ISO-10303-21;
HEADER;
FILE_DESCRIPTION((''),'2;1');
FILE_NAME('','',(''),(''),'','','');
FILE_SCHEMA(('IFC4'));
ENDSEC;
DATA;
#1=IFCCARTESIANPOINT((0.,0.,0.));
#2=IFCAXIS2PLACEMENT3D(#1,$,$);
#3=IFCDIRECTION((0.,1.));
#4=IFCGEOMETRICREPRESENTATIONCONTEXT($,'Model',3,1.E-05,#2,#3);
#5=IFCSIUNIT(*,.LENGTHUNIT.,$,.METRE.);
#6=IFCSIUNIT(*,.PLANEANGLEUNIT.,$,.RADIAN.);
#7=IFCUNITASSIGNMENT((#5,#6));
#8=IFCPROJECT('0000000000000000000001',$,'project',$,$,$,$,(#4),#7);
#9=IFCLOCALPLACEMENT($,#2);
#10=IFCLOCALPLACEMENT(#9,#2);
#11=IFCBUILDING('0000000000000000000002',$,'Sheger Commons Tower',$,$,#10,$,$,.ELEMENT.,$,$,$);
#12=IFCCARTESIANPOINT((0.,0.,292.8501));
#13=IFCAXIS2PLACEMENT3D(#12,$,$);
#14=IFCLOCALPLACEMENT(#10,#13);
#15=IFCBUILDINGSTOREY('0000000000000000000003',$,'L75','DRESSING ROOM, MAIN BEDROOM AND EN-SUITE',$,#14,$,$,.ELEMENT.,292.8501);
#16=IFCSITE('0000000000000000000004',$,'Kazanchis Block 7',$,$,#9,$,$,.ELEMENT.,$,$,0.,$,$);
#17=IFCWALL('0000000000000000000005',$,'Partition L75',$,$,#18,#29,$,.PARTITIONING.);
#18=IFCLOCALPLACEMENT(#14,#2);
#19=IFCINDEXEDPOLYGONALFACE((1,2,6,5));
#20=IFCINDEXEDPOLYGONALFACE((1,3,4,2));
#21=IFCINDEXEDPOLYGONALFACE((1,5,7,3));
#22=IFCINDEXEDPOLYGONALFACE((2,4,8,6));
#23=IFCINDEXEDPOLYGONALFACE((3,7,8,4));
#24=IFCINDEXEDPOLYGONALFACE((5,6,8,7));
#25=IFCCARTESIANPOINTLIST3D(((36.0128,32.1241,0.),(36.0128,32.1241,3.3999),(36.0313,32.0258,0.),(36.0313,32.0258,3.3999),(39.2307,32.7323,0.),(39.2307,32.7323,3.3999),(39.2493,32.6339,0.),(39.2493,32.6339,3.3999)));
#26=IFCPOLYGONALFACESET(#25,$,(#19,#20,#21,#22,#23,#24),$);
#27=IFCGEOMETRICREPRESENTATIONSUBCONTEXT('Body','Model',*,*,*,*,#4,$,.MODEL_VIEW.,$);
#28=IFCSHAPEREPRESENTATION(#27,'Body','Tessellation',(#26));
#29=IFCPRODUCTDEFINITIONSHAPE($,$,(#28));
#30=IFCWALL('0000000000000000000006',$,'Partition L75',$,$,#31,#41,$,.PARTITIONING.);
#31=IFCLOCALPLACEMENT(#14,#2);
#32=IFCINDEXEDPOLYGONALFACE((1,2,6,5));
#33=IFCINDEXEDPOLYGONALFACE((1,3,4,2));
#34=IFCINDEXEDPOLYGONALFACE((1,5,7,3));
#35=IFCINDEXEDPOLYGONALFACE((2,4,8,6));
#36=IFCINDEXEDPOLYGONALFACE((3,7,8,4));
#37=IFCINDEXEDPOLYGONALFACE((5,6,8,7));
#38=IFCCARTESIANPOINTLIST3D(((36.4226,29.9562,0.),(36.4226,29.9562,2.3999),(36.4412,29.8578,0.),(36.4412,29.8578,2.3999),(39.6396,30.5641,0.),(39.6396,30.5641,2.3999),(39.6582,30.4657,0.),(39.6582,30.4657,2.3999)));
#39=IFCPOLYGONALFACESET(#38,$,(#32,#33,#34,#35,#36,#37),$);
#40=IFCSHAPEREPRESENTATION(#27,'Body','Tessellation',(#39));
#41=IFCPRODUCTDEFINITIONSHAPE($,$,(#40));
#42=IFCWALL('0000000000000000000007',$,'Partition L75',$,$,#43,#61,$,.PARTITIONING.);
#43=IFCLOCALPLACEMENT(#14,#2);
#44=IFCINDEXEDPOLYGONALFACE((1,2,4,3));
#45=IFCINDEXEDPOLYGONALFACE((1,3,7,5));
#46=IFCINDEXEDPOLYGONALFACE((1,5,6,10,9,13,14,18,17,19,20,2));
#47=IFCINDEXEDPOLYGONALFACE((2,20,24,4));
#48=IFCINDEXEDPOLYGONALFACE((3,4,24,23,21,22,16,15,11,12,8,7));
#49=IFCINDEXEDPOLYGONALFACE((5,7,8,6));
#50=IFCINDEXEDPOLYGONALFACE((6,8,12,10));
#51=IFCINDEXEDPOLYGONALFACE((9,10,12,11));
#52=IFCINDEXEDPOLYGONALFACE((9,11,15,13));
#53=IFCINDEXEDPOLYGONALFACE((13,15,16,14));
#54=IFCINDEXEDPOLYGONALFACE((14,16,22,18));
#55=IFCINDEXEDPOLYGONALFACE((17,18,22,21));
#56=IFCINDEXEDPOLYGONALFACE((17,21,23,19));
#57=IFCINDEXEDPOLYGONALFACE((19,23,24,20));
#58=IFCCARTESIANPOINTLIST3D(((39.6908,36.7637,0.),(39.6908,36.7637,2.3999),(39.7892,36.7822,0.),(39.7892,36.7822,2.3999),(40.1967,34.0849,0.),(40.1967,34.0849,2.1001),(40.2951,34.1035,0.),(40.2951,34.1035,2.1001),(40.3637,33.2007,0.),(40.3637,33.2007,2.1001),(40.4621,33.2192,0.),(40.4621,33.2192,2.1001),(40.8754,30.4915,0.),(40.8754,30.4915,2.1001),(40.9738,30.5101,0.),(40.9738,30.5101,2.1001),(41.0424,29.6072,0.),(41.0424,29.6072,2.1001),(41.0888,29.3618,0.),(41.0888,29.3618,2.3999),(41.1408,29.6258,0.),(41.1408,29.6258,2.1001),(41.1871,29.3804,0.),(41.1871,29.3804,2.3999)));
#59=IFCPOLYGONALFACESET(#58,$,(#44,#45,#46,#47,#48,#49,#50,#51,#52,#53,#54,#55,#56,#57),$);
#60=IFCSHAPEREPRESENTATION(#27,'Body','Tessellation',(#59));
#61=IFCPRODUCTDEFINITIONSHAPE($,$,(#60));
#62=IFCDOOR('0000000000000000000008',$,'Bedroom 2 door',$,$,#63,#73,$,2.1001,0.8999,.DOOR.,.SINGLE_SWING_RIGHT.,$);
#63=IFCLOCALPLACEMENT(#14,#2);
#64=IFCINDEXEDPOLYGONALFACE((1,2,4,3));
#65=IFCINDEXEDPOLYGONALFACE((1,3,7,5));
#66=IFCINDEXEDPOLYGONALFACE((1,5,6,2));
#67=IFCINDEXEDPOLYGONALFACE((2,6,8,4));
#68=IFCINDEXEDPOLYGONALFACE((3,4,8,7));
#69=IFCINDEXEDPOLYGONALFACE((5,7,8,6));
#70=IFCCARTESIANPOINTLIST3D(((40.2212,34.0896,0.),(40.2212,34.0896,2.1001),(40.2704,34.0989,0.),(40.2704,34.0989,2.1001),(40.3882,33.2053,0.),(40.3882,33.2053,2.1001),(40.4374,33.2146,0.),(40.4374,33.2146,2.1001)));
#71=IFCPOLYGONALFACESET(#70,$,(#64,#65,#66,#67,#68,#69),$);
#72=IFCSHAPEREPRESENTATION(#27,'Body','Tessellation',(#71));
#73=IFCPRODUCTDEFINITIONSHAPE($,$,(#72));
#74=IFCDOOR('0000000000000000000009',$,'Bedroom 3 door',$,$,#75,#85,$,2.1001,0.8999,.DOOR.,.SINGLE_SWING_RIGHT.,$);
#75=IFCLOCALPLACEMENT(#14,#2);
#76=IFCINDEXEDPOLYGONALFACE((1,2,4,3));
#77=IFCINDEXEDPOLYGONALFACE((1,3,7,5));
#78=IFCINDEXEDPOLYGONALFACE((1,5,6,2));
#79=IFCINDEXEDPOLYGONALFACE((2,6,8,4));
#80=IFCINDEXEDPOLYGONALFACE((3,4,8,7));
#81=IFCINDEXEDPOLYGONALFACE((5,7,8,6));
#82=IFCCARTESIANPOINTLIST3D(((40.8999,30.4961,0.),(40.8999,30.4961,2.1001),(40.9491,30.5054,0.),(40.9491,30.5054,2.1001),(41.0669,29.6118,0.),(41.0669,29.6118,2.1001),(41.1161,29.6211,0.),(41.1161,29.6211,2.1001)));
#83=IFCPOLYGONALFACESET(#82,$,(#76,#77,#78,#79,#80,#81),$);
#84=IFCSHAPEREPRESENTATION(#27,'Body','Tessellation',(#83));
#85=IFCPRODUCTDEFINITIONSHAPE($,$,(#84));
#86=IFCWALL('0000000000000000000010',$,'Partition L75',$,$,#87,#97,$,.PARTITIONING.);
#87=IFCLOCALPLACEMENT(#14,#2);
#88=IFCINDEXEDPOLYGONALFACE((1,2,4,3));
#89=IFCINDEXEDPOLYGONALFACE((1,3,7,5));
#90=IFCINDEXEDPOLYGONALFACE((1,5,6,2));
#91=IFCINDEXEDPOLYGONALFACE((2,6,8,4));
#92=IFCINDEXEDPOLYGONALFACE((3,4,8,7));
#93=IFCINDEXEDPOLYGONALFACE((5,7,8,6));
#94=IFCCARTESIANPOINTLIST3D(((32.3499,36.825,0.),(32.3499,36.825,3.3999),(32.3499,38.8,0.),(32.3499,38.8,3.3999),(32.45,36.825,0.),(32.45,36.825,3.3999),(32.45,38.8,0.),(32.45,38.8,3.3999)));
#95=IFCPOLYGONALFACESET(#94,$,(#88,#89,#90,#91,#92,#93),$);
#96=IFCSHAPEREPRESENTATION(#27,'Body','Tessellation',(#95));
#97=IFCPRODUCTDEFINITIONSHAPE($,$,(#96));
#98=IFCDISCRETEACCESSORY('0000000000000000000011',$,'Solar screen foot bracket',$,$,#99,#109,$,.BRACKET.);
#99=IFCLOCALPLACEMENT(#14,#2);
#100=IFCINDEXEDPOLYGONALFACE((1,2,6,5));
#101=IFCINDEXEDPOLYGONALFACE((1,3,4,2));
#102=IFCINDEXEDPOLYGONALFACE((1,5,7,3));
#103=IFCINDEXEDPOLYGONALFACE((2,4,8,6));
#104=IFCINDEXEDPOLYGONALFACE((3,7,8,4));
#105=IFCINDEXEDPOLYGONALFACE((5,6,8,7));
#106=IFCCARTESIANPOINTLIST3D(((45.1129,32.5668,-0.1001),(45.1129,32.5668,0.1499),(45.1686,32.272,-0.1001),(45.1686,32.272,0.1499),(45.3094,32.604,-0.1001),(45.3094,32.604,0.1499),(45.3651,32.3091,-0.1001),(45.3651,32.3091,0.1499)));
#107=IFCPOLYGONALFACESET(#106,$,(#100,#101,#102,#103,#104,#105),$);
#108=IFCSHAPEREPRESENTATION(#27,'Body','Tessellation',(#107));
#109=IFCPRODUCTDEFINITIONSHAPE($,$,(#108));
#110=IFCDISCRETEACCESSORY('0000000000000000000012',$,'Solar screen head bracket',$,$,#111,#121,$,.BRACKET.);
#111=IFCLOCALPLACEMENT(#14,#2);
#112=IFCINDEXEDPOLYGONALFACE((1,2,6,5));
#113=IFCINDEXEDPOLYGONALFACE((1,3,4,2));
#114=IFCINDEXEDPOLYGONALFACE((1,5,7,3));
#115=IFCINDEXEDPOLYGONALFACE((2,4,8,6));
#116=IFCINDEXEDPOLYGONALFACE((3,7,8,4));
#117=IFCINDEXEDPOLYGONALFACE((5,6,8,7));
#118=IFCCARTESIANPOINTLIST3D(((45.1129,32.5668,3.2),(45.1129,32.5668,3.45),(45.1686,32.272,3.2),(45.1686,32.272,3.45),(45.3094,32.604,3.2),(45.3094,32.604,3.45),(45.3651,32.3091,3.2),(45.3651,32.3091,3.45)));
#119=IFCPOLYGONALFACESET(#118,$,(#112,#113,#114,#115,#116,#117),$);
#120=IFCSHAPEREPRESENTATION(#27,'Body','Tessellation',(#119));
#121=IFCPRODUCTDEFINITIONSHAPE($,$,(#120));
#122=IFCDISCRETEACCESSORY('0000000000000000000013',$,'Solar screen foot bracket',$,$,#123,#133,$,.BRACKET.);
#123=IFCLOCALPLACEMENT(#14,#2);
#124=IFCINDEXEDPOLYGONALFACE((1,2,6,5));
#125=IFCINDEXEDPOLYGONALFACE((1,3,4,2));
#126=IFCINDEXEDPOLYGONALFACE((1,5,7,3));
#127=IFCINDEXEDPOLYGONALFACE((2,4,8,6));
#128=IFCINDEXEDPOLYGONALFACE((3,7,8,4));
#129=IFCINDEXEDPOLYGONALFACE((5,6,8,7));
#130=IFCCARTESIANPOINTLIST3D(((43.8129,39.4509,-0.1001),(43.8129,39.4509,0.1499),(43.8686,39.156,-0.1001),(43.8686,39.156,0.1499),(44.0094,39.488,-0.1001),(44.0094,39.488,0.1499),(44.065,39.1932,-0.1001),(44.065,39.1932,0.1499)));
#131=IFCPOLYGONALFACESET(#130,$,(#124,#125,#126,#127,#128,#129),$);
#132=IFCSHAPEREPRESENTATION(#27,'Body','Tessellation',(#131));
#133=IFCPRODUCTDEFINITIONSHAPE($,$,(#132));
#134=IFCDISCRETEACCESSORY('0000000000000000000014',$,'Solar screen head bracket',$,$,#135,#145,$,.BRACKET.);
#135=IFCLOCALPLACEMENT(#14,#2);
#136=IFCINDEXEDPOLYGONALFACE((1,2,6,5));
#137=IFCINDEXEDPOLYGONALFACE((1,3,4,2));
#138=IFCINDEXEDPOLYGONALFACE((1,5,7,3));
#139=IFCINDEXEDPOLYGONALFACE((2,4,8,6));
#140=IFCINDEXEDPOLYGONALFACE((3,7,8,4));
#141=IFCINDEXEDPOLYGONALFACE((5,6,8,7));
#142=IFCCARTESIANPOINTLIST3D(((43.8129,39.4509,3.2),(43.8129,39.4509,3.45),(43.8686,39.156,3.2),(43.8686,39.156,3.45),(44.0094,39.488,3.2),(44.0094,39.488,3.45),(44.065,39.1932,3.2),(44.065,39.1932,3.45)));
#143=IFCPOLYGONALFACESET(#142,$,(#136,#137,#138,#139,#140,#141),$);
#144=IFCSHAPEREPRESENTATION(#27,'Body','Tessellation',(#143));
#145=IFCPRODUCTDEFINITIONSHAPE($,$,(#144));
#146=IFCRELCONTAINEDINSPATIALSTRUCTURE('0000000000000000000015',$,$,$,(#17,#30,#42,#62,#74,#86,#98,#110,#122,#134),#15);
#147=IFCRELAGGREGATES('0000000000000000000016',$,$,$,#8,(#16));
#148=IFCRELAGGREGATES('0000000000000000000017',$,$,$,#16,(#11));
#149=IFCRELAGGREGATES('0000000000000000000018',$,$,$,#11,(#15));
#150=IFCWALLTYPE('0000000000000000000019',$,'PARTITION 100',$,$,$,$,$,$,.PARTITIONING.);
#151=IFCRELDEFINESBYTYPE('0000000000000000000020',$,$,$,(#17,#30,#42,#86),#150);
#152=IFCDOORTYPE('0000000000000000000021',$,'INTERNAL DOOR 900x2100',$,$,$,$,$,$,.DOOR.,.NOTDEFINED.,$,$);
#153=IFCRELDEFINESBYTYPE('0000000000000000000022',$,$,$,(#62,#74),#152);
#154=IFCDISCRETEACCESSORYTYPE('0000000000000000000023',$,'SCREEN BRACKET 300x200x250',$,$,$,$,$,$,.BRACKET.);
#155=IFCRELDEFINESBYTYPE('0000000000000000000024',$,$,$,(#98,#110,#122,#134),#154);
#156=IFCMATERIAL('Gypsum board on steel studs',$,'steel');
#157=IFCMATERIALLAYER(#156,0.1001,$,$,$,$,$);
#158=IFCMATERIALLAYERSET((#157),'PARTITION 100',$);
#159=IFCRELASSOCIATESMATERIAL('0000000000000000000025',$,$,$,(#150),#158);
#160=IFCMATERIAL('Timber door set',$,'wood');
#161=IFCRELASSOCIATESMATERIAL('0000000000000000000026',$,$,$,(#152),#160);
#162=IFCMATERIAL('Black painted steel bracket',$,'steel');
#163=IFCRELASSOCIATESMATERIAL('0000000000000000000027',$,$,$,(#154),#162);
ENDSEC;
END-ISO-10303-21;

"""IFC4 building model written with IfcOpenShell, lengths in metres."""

from ifc_helpers import new_model, si_unit, direction, frame, frame_2d, origin, origin_2d, place, context, subcontext, project, spatial, rectangle, extrude, material, layer, layer_set, type_object, element, fill, save


model = new_model("IFC4")

# Units and contexts
model_context = context("Model", 3, precision=1e-05, world=origin(), true_north=direction((0.0, 1.0)))
body_context = subcontext(model_context, "Body", "Model", "MODEL_VIEW")
ifc_project = project(units=[si_unit("LENGTHUNIT", "METRE"), si_unit("PLANEANGLEUNIT", "RADIAN")], contexts=[model_context])

# Site, building, storey
site_placement = place(None, origin())
site = spatial("IfcSite", under=ifc_project, at=site_placement, Name="Kazanchis Block 7", CompositionType="ELEMENT", RefElevation=0.0)
building_placement = place(site_placement, origin())
building = spatial("IfcBuilding", under=site, at=building_placement, Name="Sheger Commons Tower", CompositionType="ELEMENT")
storey_placement = place(building_placement, frame((0.0, 0.0, 292.8501)))
storey = spatial("IfcBuildingStorey", under=building, at=storey_placement, Name="L75", Description="DRESSING ROOM, MAIN BEDROOM AND EN-SUITE", CompositionType="ELEMENT", Elevation=292.8501)

# Shared definitions
ifc_material_1 = material(Name="Gypsum board on steel studs", Category="steel")
ifc_layer_1 = layer(ifc_material_1, 0.1001)
ifc_layer_set_1 = layer_set([ifc_layer_1], Name="PARTITION 100")
wall_type = type_object("IfcWallType", Name="PARTITION 100", PredefinedType="PARTITIONING", material=ifc_layer_set_1)

# Shared definitions
ifc_material_2 = material(Name="Timber door set", Category="wood")
door_type = type_object("IfcDoorType", Name="INTERNAL DOOR 900x2100", OperationType="NOTDEFINED", PredefinedType="DOOR", material=ifc_material_2)

# Walls
wall_1_placement = place(storey_placement, frame((39.24, 32.6831, 0.0), z_axis=(0.0, 0.0, 1.0), x_axis=(-0.982607, -0.185697, 0.0)))
element("IfcWall", 1, at=wall_1_placement, inside=storey, type_object=wall_type, Name="Partition L75", PredefinedType="PARTITIONING", context=body_context, shape_type="SweptSolid", body=[
    extrude(rectangle(XDim=3.2749, YDim=0.1001, at=frame_2d((1.6375, 0.0))), origin(), (0.0, 0.0, 1.0), 3.3999),
])
wall_2_placement = place(storey_placement, frame((39.6489, 30.5149, 0.0), z_axis=(0.0, 0.0, 1.0), x_axis=(-0.98261, -0.18568, 0.0)))
element("IfcWall", 2, at=wall_2_placement, inside=storey, type_object=wall_type, Name="Partition L75", PredefinedType="PARTITIONING", context=body_context, shape_type="SweptSolid", body=[
    extrude(rectangle(XDim=3.2739, YDim=0.1001, at=frame_2d((1.637, 0.0))), origin(), (0.0, 0.0, 1.0), 2.3999),
])

# Wall, openings, doors
wall_3_placement = place(storey_placement, frame((39.74, 36.7729, 0.0), z_axis=(0.0, 0.0, 1.0), x_axis=(0.185584, -0.982628, 0.0)))
wall_3 = element("IfcWall", 3, at=wall_3_placement, inside=storey, type_object=wall_type, Name="Partition L75", PredefinedType="PARTITIONING", context=body_context, shape_type="SweptSolid", body=[
    extrude(rectangle(XDim=7.5327, YDim=0.1001, at=frame_2d((3.7664, 0.0))), origin(), (0.0, 0.0, 1.0), 2.3999),
])
opening_1_placement = place(wall_3_placement, frame((2.7261, 0.0, 0.0)))
opening_1 = element("IfcOpeningElement", 4, at=opening_1_placement, cuts=wall_3, PredefinedType="OPENING", context=body_context, shape_type="SweptSolid", body=[
    extrude(rectangle(XDim=0.8999, YDim=2.1001, at=frame_2d((0.45, 1.05))), frame((0.0, 0.0601, 0.0), z_axis=(0.0, -1.0, 0.0), x_axis=(1.0, 0.0, 0.0)), (0.0, 0.0, 1.0), 0.1201),
])
opening_2_placement = place(wall_3_placement, frame((6.3831, 0.0, 0.0)))
opening_2 = element("IfcOpeningElement", 5, at=opening_2_placement, cuts=wall_3, PredefinedType="OPENING", context=body_context, shape_type="SweptSolid", body=[
    extrude(rectangle(XDim=0.8999, YDim=2.1001, at=frame_2d((0.45, 1.05))), frame((0.0, 0.0601, 0.0), z_axis=(0.0, -1.0, 0.0), x_axis=(1.0, 0.0, 0.0)), (0.0, 0.0, 1.0), 0.1201),
])
door_1_placement = place(opening_1_placement, origin())
door_1 = element("IfcDoor", 6, at=door_1_placement, inside=storey, type_object=door_type, Name="Bedroom 2 door", OperationType="SINGLE_SWING_RIGHT", OverallHeight=2.1001, OverallWidth=0.8999, PredefinedType="DOOR", context=body_context, shape_type="SweptSolid", body=[
    extrude(rectangle(XDim=0.8999, YDim=2.1001, at=frame_2d((0.45, 1.05))), frame((0.0, 0.0249, 0.0), z_axis=(0.0, -1.0, 0.0), x_axis=(1.0, 0.0, 0.0)), (0.0, 0.0, 1.0), 0.05),
])
fill(opening_1, door_1)
door_2_placement = place(opening_2_placement, origin())
door_2 = element("IfcDoor", 7, at=door_2_placement, inside=storey, type_object=door_type, Name="Bedroom 3 door", OperationType="SINGLE_SWING_RIGHT", OverallHeight=2.1001, OverallWidth=0.8999, PredefinedType="DOOR", context=body_context, shape_type="SweptSolid", body=[
    extrude(rectangle(XDim=0.8999, YDim=2.1001, at=frame_2d((0.45, 1.05))), frame((0.0, 0.0249, 0.0), z_axis=(0.0, -1.0, 0.0), x_axis=(1.0, 0.0, 0.0)), (0.0, 0.0, 1.0), 0.05),
])
fill(opening_2, door_2)

# Wall
wall_4_placement = place(storey_placement, frame((32.3999, 36.825, 0.0), z_axis=(0.0, 0.0, 1.0), x_axis=(0.0, 1.0, 0.0)))
element("IfcWall", 8, at=wall_4_placement, inside=storey, type_object=wall_type, Name="Partition L75", PredefinedType="PARTITIONING", context=body_context, shape_type="SweptSolid", body=[
    extrude(rectangle(XDim=1.9751, YDim=0.1001, at=frame_2d((0.9875, 0.0))), origin(), (0.0, 0.0, 1.0), 3.3999),
])

# Discrete accessories
ifc_material_3 = material(Name="Black painted steel bracket", Category="steel")
discrete_accessory_type = type_object("IfcDiscreteAccessoryType", Name="SCREEN BRACKET 300x200x250", PredefinedType="BRACKET", material=ifc_material_3)
for number, where, z_axis, x_axis, name in (
    (9, (45.239, 32.438, -0.1001), (0.0, 0.0, 1.0), (-0.185615, 0.982623, 0.0), "Solar screen foot bracket"),
    (10, (45.239, 32.438, 3.2), (0.0, 0.0, 1.0), (-0.185615, 0.982623, 0.0), "Solar screen head bracket"),
    (11, (43.939, 39.322, -0.1001), (0.0, 0.0, 1.0), (-0.185615, 0.982623, 0.0), "Solar screen foot bracket"),
    (12, (43.939, 39.322, 3.2), (0.0, 0.0, 1.0), (-0.185615, 0.982623, 0.0), "Solar screen head bracket"),
):
    element("IfcDiscreteAccessory", number, at=place(storey_placement, frame(where, z_axis=z_axis, x_axis=x_axis)), inside=storey, type_object=discrete_accessory_type, Name=name, PredefinedType="BRACKET", context=body_context, shape_type="SweptSolid", body=[
        extrude(rectangle(XDim=0.3, YDim=0.2, at=origin_2d()), origin(), (0.0, 0.0, 1.0), 0.25),
    ])

save(model, "model.ifc")
